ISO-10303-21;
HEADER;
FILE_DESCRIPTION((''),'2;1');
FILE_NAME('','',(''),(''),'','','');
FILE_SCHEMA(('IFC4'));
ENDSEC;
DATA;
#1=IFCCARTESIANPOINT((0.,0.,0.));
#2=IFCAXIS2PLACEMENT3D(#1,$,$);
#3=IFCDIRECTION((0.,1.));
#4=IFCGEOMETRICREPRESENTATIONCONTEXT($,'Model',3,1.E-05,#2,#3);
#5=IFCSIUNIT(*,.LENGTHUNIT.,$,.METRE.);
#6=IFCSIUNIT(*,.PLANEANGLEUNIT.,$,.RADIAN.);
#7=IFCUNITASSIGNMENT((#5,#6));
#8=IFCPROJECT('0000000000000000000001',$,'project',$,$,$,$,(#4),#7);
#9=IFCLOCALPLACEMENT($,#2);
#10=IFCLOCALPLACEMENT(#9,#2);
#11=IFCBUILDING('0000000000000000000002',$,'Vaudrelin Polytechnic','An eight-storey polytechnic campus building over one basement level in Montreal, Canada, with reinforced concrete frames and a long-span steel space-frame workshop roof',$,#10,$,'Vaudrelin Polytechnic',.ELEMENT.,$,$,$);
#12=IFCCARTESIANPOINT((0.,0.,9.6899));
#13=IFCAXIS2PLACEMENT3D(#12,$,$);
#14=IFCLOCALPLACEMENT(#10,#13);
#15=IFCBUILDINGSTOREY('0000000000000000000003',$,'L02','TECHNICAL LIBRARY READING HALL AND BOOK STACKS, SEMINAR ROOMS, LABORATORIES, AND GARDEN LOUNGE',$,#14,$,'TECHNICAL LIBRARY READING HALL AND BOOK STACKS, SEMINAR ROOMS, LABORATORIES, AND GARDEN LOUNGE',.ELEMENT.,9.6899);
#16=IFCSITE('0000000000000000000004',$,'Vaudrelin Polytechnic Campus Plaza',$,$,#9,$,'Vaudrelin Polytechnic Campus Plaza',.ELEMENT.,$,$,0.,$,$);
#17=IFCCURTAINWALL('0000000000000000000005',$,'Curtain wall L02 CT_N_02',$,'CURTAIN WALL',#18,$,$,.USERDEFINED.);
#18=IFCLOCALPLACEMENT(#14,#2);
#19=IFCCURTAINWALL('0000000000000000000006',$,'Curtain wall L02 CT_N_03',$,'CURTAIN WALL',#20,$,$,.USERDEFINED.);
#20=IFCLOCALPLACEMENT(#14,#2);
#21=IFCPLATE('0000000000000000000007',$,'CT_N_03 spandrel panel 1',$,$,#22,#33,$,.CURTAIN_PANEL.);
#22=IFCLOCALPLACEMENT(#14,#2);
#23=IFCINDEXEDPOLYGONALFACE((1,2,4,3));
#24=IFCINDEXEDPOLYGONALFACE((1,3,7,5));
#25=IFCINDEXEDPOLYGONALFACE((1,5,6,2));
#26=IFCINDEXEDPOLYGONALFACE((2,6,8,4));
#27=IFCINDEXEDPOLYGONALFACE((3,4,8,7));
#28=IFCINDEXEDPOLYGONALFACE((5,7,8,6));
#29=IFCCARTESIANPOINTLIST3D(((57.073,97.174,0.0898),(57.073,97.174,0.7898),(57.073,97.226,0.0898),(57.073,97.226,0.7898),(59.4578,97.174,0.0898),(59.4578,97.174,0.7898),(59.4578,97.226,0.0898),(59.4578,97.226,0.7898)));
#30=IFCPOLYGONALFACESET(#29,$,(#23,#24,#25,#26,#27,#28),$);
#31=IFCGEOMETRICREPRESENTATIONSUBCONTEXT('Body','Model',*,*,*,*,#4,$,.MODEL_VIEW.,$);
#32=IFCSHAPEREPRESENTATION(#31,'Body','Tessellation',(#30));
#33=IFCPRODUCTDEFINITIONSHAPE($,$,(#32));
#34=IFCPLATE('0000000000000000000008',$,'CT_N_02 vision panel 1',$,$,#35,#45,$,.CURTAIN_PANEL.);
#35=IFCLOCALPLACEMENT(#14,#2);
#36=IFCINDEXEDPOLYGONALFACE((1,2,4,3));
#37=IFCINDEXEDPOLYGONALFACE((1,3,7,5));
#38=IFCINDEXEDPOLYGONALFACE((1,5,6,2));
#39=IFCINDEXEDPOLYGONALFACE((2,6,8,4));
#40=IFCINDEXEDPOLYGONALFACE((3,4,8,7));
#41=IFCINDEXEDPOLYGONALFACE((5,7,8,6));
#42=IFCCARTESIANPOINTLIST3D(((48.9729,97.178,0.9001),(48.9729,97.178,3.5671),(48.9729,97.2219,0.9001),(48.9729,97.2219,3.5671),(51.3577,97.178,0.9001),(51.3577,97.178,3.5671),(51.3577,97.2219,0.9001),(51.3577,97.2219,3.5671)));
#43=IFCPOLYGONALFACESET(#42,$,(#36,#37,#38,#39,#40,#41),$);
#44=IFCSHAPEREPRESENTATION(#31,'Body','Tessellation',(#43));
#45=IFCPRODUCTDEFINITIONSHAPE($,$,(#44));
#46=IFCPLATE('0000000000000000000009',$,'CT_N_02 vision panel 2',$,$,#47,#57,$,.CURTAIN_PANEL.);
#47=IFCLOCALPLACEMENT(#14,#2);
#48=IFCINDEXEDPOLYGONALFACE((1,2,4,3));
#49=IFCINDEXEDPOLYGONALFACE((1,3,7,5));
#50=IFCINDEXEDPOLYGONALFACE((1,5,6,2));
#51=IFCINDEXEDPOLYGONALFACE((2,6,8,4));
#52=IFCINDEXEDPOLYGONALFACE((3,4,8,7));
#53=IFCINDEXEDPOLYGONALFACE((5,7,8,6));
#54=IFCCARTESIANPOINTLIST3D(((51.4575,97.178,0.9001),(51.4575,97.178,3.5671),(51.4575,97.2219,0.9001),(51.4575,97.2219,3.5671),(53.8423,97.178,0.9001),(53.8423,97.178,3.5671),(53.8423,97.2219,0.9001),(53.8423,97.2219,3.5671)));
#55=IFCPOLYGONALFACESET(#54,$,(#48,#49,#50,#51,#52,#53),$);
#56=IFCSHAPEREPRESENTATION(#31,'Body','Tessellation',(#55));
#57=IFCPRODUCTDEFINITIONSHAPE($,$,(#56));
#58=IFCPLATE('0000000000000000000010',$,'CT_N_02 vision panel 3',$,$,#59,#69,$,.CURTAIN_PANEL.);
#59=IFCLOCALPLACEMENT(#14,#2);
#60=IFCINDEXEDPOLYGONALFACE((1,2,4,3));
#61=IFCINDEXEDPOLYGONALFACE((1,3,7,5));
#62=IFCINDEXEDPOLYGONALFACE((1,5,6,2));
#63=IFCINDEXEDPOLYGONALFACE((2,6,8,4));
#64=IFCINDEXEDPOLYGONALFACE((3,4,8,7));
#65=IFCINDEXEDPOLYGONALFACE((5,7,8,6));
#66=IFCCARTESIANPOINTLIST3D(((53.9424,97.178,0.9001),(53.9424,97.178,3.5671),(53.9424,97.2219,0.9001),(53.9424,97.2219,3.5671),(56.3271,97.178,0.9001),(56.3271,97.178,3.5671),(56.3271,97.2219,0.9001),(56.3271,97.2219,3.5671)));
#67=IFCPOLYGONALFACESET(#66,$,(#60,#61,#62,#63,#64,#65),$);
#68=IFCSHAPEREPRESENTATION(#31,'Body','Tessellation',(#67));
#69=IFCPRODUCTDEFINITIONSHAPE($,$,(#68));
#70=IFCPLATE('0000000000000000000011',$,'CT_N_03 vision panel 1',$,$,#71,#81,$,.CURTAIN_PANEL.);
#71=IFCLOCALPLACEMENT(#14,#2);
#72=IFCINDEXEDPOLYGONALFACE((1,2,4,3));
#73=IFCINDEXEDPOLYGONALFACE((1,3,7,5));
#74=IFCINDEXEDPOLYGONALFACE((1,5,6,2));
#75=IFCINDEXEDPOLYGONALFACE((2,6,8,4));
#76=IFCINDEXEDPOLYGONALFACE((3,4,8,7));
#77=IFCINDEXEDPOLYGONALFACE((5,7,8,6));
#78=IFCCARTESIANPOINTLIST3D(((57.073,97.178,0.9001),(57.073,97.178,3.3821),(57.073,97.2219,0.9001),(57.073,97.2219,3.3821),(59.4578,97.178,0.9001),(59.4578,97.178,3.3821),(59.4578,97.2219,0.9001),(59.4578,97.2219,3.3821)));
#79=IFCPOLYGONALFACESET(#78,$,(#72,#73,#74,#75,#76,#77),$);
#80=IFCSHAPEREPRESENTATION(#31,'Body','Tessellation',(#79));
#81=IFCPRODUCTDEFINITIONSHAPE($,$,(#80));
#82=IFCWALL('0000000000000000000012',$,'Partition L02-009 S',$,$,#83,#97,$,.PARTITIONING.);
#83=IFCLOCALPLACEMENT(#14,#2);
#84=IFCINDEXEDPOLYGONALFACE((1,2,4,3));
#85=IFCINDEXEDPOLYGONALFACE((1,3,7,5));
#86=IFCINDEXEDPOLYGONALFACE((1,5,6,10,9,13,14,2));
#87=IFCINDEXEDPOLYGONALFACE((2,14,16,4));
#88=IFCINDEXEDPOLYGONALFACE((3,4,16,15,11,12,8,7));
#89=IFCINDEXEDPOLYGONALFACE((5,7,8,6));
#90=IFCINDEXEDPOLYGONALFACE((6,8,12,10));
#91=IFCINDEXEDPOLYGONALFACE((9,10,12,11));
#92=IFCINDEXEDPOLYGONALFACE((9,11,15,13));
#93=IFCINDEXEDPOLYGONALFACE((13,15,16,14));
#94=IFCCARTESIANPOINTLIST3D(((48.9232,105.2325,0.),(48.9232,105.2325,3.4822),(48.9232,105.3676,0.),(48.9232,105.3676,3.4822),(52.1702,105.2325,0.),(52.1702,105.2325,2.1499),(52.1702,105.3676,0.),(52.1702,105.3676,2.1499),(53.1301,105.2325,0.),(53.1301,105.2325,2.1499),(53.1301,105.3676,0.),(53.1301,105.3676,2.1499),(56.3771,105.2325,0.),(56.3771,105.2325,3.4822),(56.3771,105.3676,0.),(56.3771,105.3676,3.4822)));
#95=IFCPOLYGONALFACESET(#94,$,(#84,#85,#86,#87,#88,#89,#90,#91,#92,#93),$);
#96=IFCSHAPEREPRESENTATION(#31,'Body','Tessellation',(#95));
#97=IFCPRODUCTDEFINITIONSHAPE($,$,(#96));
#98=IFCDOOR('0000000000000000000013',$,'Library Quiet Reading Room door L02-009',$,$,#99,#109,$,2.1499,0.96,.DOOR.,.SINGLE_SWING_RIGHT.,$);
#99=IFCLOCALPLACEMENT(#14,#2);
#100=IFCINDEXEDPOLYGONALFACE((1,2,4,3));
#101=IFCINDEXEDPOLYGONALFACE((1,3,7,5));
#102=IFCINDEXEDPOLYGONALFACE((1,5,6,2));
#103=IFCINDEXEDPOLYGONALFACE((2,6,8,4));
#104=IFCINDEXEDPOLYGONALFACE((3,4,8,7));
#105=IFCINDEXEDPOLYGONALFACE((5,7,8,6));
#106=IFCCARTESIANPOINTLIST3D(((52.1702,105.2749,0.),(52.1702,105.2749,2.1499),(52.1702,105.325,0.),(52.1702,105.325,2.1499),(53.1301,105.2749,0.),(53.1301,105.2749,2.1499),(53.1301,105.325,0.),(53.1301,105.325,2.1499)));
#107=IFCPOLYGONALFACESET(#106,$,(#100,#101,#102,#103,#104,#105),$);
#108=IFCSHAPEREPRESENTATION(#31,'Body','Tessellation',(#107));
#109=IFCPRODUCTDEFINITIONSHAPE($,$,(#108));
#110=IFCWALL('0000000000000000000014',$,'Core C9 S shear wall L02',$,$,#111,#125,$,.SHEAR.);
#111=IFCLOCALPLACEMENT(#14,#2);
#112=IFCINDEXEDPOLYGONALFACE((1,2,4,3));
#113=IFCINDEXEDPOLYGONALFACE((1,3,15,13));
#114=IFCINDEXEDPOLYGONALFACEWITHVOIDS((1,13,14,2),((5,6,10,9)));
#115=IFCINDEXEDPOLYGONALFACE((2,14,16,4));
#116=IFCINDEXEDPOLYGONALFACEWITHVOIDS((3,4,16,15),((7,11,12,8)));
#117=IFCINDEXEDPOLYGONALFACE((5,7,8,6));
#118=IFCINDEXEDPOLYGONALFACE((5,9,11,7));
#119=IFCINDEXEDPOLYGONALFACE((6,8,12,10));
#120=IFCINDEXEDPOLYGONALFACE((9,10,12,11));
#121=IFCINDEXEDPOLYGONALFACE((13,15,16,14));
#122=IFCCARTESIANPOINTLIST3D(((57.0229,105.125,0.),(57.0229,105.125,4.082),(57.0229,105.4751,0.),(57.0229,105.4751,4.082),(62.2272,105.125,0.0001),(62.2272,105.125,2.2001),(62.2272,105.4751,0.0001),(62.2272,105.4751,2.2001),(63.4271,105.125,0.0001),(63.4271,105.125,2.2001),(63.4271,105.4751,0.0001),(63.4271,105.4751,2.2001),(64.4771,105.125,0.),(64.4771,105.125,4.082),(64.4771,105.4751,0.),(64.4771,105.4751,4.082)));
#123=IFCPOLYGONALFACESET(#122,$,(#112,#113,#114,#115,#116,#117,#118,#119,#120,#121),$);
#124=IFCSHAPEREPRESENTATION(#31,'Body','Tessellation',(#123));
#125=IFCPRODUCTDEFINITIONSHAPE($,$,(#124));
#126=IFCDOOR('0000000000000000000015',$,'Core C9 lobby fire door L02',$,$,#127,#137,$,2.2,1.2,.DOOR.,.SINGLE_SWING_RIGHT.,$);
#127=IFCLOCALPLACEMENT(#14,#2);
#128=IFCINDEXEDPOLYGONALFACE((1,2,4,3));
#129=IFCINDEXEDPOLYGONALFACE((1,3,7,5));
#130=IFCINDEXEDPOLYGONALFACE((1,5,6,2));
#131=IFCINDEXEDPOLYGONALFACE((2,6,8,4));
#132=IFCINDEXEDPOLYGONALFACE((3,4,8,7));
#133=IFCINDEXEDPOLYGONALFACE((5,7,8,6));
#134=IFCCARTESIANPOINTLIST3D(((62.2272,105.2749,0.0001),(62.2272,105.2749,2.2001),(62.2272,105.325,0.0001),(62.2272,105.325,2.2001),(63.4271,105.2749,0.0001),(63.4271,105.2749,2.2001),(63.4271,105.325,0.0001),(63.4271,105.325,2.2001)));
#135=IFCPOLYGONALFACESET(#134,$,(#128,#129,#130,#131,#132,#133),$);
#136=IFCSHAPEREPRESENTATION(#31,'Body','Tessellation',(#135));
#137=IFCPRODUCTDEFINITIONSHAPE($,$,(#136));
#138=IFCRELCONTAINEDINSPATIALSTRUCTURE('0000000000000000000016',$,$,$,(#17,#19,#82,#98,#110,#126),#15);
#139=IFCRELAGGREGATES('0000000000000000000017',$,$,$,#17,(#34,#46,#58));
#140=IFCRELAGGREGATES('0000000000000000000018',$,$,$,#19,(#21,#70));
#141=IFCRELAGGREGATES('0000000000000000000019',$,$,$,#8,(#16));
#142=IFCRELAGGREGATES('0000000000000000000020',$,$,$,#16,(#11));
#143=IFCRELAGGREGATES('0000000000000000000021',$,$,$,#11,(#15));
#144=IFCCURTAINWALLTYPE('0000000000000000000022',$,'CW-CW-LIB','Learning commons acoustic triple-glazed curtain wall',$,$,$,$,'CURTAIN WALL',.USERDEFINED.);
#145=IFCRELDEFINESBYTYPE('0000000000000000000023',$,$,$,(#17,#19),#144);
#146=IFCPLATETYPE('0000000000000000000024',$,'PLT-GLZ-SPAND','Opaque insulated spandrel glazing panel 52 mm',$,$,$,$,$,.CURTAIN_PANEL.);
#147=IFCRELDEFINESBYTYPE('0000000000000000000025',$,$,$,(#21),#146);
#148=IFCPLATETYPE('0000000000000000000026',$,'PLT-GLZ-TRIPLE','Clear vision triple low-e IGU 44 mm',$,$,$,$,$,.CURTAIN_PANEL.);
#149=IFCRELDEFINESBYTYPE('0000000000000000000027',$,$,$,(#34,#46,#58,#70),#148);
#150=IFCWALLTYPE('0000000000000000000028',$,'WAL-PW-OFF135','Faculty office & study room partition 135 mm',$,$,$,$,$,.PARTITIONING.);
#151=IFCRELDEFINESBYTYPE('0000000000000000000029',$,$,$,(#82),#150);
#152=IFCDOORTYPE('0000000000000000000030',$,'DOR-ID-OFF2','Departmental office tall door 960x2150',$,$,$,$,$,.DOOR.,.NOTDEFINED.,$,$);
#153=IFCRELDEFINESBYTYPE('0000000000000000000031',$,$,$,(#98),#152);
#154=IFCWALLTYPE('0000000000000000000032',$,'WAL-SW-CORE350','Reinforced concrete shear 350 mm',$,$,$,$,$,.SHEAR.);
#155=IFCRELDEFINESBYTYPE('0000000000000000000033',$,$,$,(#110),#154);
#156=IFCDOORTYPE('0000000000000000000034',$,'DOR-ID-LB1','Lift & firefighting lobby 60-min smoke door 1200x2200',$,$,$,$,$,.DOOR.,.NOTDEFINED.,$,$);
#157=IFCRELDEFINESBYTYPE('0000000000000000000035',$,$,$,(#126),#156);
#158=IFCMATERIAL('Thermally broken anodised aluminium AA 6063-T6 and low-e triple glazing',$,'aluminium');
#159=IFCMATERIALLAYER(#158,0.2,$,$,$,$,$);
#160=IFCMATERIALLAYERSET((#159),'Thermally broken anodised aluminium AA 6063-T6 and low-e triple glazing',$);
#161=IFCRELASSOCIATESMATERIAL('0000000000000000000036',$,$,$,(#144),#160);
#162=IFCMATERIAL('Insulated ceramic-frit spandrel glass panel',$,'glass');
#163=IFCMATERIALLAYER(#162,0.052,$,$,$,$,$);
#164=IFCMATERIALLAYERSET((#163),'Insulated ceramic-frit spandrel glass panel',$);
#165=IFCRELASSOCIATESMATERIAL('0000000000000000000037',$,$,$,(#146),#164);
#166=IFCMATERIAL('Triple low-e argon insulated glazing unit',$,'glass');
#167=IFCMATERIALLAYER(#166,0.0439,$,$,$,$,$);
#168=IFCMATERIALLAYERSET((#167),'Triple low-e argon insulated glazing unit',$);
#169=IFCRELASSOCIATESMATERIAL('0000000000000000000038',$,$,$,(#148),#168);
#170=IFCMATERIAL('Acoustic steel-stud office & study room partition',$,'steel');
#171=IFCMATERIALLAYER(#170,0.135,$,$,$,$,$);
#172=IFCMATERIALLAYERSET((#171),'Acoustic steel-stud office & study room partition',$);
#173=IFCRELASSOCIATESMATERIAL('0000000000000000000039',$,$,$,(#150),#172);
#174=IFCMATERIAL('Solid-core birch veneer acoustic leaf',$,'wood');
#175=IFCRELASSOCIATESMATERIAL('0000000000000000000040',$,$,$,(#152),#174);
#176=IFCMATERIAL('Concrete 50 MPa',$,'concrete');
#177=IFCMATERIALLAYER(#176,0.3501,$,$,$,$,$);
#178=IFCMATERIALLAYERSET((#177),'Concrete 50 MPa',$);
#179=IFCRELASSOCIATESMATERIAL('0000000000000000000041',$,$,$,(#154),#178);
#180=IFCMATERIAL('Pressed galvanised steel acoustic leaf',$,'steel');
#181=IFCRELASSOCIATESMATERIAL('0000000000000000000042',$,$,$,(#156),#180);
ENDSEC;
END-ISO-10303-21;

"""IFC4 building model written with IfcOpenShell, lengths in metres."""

from ifc_helpers import new_model, si_unit, direction, frame, frame_2d, origin, origin_2d, place, context, subcontext, project, spatial, rectangle, extrude, material, layer, layer_set, type_object, element, fill, aggregate, save


model = new_model("IFC4")

# Units and contexts
model_context = context("Model", 3, precision=1e-05, world=origin(), true_north=direction((0.0, 1.0)))
body_context = subcontext(model_context, "Body", "Model", "MODEL_VIEW")
ifc_project = project(units=[si_unit("LENGTHUNIT", "METRE"), si_unit("PLANEANGLEUNIT", "RADIAN")], contexts=[model_context])

# Site, building, storey
site_placement = place(None, origin())
site = spatial("IfcSite", under=ifc_project, at=site_placement, Name="Vaudrelin Polytechnic Campus Plaza", LongName="Vaudrelin Polytechnic Campus Plaza", CompositionType="ELEMENT", RefElevation=0.0)
building_placement = place(site_placement, origin())
building = spatial("IfcBuilding", under=site, at=building_placement, Name="Vaudrelin Polytechnic", Description="An eight-storey polytechnic campus building over one basement level in Montreal, Canada, with reinforced concrete frames and a long-span steel space-frame workshop roof", LongName="Vaudrelin Polytechnic", CompositionType="ELEMENT")
storey_placement = place(building_placement, frame((0.0, 0.0, 9.6899)))
storey = spatial("IfcBuildingStorey", under=building, at=storey_placement, Name="L02", Description="TECHNICAL LIBRARY READING HALL AND BOOK STACKS, SEMINAR ROOMS, LABORATORIES, AND GARDEN LOUNGE", LongName="TECHNICAL LIBRARY READING HALL AND BOOK STACKS, SEMINAR ROOMS, LABORATORIES, AND GARDEN LOUNGE", CompositionType="ELEMENT", Elevation=9.6899)

# Shared definitions
ifc_material_1 = material(Name="Concrete 50 MPa", Category="concrete")

# Curtain wall
ifc_material_2 = material(Name="Thermally broken anodised aluminium AA 6063-T6 and low-e triple glazing", Category="aluminium")
ifc_layer_1 = layer(ifc_material_2, 0.2)
ifc_layer_set_1 = layer_set([ifc_layer_1], Name="Thermally broken anodised aluminium AA 6063-T6 and low-e triple glazing")
curtain_wall_type = type_object("IfcCurtainWallType", Name="CW-CW-LIB", Description="Learning commons acoustic triple-glazed curtain wall", ElementType="CURTAIN WALL", PredefinedType="USERDEFINED", material=ifc_layer_set_1)
curtain_wall_1_placement = place(storey_placement, origin())
curtain_wall_1 = element("IfcCurtainWall", 1, at=curtain_wall_1_placement, inside=storey, type_object=curtain_wall_type, Name="Curtain wall L02 CT_N_02", ObjectType="CURTAIN WALL", PredefinedType="USERDEFINED")

# Curtain wall
curtain_wall_2_placement = place(storey_placement, origin())
curtain_wall_2 = element("IfcCurtainWall", 2, at=curtain_wall_2_placement, inside=storey, type_object=curtain_wall_type, Name="Curtain wall L02 CT_N_03", ObjectType="CURTAIN WALL", PredefinedType="USERDEFINED")

# Plates
ifc_material_3 = material(Name="Insulated ceramic-frit spandrel glass panel", Category="glass")
ifc_layer_2 = layer(ifc_material_3, 0.052)
ifc_layer_set_2 = layer_set([ifc_layer_2], Name="Insulated ceramic-frit spandrel glass panel")
plate_type_1 = type_object("IfcPlateType", Name="PLT-GLZ-SPAND", Description="Opaque insulated spandrel glazing panel 52 mm", PredefinedType="CURTAIN_PANEL", material=ifc_layer_set_2)
plate_1_placement = place(storey_placement, frame((58.2654, 97.2, 0.0898), z_axis=(0.0, 0.0, 1.0), x_axis=(1.0, 0.0, 0.0)))
plate_1 = element("IfcPlate", 3, at=plate_1_placement, type_object=plate_type_1, Name="CT_N_03 spandrel panel 1", PredefinedType="CURTAIN_PANEL", context=body_context, shape_type="SweptSolid", body=[
    extrude(rectangle(XDim=2.3848, YDim=0.052, at=origin_2d()), origin(), (0.0, 0.0, 1.0), 0.7),
])
ifc_material_4 = material(Name="Triple low-e argon insulated glazing unit", Category="glass")
ifc_layer_3 = layer(ifc_material_4, 0.0439)
ifc_layer_set_3 = layer_set([ifc_layer_3], Name="Triple low-e argon insulated glazing unit")
plate_type_2 = type_object("IfcPlateType", Name="PLT-GLZ-TRIPLE", Description="Clear vision triple low-e IGU 44 mm", PredefinedType="CURTAIN_PANEL", material=ifc_layer_set_3)
plate_2_placement = place(storey_placement, frame((50.1653, 97.2, 0.9001), z_axis=(0.0, 0.0, 1.0), x_axis=(1.0, 0.0, 0.0)))
plate_2 = element("IfcPlate", 4, at=plate_2_placement, type_object=plate_type_2, Name="CT_N_02 vision panel 1", PredefinedType="CURTAIN_PANEL", context=body_context, shape_type="SweptSolid", body=[
    extrude(rectangle(XDim=2.3848, YDim=0.0439, at=origin_2d()), origin(), (0.0, 0.0, 1.0), 2.667),
])
plate_3_placement = place(storey_placement, frame((52.6499, 97.2, 0.9001), z_axis=(0.0, 0.0, 1.0), x_axis=(1.0, 0.0, 0.0)))
plate_3 = element("IfcPlate", 5, at=plate_3_placement, type_object=plate_type_2, Name="CT_N_02 vision panel 2", PredefinedType="CURTAIN_PANEL", context=body_context, shape_type="SweptSolid", body=[
    extrude(rectangle(XDim=2.3848, YDim=0.0439, at=origin_2d()), origin(), (0.0, 0.0, 1.0), 2.667),
])
plate_4_placement = place(storey_placement, frame((55.1348, 97.2, 0.9001), z_axis=(0.0, 0.0, 1.0), x_axis=(1.0, 0.0, 0.0)))
plate_4 = element("IfcPlate", 6, at=plate_4_placement, type_object=plate_type_2, Name="CT_N_02 vision panel 3", PredefinedType="CURTAIN_PANEL", context=body_context, shape_type="SweptSolid", body=[
    extrude(rectangle(XDim=2.3848, YDim=0.0439, at=origin_2d()), origin(), (0.0, 0.0, 1.0), 2.667),
])
aggregate(curtain_wall_1, [plate_2, plate_3, plate_4])
plate_5_placement = place(storey_placement, frame((58.2654, 97.2, 0.9001), z_axis=(0.0, 0.0, 1.0), x_axis=(1.0, 0.0, 0.0)))
plate_5 = element("IfcPlate", 7, at=plate_5_placement, type_object=plate_type_2, Name="CT_N_03 vision panel 1", PredefinedType="CURTAIN_PANEL", context=body_context, shape_type="SweptSolid", body=[
    extrude(rectangle(XDim=2.3848, YDim=0.0439, at=origin_2d()), origin(), (0.0, 0.0, 1.0), 2.4819),
])
aggregate(curtain_wall_2, [plate_1, plate_5])

# Walls, openings, doors
ifc_material_5 = material(Name="Acoustic steel-stud office & study room partition", Category="steel")
ifc_layer_4 = layer(ifc_material_5, 0.135)
ifc_layer_set_4 = layer_set([ifc_layer_4], Name="Acoustic steel-stud office & study room partition")
wall_type_1 = type_object("IfcWallType", Name="WAL-PW-OFF135", Description="Faculty office & study room partition 135 mm", PredefinedType="PARTITIONING", material=ifc_layer_set_4)
wall_1_placement = place(storey_placement, frame((48.9231, 105.3, 0.0), z_axis=(0.0, 0.0, 1.0), x_axis=(1.0, 0.0, 0.0)))
wall_1 = element("IfcWall", 8, at=wall_1_placement, inside=storey, type_object=wall_type_1, Name="Partition L02-009 S", PredefinedType="PARTITIONING", context=body_context, shape_type="SweptSolid", body=[
    extrude(rectangle(XDim=7.4539, YDim=0.135, at=frame_2d((3.7271, 0.0))), origin(), (0.0, 0.0, 1.0), 3.4822),
])
opening_1_placement = place(wall_1_placement, frame((3.2471, 0.0, 0.0)))
opening_1 = element("IfcOpeningElement", 9, at=opening_1_placement, cuts=wall_1, PredefinedType="OPENING", context=body_context, shape_type="SweptSolid", body=[
    extrude(rectangle(XDim=0.96, YDim=2.1499, at=frame_2d((0.48, 1.075))), frame((0.0, 0.0776, 0.0), z_axis=(0.0, -1.0, 0.0), x_axis=(1.0, 0.0, 0.0)), (0.0, 0.0, 1.0), 0.155),
])
ifc_material_6 = material(Name="Solid-core birch veneer acoustic leaf", Category="wood")
door_type_1 = type_object("IfcDoorType", Name="DOR-ID-OFF2", Description="Departmental office tall door 960x2150", OperationType="NOTDEFINED", PredefinedType="DOOR", material=ifc_material_6)
door_1_placement = place(opening_1_placement, origin())
door_1 = element("IfcDoor", 10, at=door_1_placement, inside=storey, type_object=door_type_1, Name="Library Quiet Reading Room door L02-009", OperationType="SINGLE_SWING_RIGHT", OverallHeight=2.1499, OverallWidth=0.96, PredefinedType="DOOR", context=body_context, shape_type="SweptSolid", body=[
    extrude(rectangle(XDim=0.96, YDim=2.1499, at=frame_2d((0.48, 1.075))), frame((0.0, 0.0249, 0.0), z_axis=(0.0, -1.0, 0.0), x_axis=(1.0, 0.0, 0.0)), (0.0, 0.0, 1.0), 0.05),
])
fill(opening_1, door_1)
ifc_layer_5 = layer(ifc_material_1, 0.3501)
ifc_layer_set_5 = layer_set([ifc_layer_5], Name="Concrete 50 MPa")
wall_type_2 = type_object("IfcWallType", Name="WAL-SW-CORE350", Description="Reinforced concrete shear 350 mm", PredefinedType="SHEAR", material=ifc_layer_set_5)
wall_2_placement = place(storey_placement, frame((57.0229, 105.3, 0.0), z_axis=(0.0, 0.0, 1.0), x_axis=(1.0, 0.0, 0.0)))
wall_2 = element("IfcWall", 11, at=wall_2_placement, inside=storey, type_object=wall_type_2, Name="Core C9 S shear wall L02", PredefinedType="SHEAR", context=body_context, shape_type="SweptSolid", body=[
    extrude(rectangle(XDim=7.4541, YDim=0.3501, at=frame_2d((3.7271, 0.0))), origin(), (0.0, 0.0, 1.0), 4.082),
])
opening_2_placement = place(wall_2_placement, frame((5.2041, 0.0, 0.0)))
opening_2 = element("IfcOpeningElement", 12, at=opening_2_placement, cuts=wall_2, PredefinedType="OPENING", context=body_context, shape_type="SweptSolid", body=[
    extrude(rectangle(XDim=1.2, YDim=2.2, at=frame_2d((0.6001, 1.1001))), frame((0.0, 0.1851, 0.0), z_axis=(0.0, -1.0, 0.0), x_axis=(1.0, 0.0, 0.0)), (0.0, 0.0, 1.0), 0.3701),
])
ifc_material_7 = material(Name="Pressed galvanised steel acoustic leaf", Category="steel")
door_type_2 = type_object("IfcDoorType", Name="DOR-ID-LB1", Description="Lift & firefighting lobby 60-min smoke door 1200x2200", OperationType="NOTDEFINED", PredefinedType="DOOR", material=ifc_material_7)
door_2_placement = place(opening_2_placement, origin())
door_2 = element("IfcDoor", 13, at=door_2_placement, inside=storey, type_object=door_type_2, Name="Core C9 lobby fire door L02", OperationType="SINGLE_SWING_RIGHT", OverallHeight=2.2, OverallWidth=1.2, PredefinedType="DOOR", context=body_context, shape_type="SweptSolid", body=[
    extrude(rectangle(XDim=1.2, YDim=2.2, at=frame_2d((0.6001, 1.1001))), frame((0.0, 0.0249, 0.0), z_axis=(0.0, -1.0, 0.0), x_axis=(1.0, 0.0, 0.0)), (0.0, 0.0, 1.0), 0.05),
])
fill(opening_2, door_2)

save(model, "model.ifc")
